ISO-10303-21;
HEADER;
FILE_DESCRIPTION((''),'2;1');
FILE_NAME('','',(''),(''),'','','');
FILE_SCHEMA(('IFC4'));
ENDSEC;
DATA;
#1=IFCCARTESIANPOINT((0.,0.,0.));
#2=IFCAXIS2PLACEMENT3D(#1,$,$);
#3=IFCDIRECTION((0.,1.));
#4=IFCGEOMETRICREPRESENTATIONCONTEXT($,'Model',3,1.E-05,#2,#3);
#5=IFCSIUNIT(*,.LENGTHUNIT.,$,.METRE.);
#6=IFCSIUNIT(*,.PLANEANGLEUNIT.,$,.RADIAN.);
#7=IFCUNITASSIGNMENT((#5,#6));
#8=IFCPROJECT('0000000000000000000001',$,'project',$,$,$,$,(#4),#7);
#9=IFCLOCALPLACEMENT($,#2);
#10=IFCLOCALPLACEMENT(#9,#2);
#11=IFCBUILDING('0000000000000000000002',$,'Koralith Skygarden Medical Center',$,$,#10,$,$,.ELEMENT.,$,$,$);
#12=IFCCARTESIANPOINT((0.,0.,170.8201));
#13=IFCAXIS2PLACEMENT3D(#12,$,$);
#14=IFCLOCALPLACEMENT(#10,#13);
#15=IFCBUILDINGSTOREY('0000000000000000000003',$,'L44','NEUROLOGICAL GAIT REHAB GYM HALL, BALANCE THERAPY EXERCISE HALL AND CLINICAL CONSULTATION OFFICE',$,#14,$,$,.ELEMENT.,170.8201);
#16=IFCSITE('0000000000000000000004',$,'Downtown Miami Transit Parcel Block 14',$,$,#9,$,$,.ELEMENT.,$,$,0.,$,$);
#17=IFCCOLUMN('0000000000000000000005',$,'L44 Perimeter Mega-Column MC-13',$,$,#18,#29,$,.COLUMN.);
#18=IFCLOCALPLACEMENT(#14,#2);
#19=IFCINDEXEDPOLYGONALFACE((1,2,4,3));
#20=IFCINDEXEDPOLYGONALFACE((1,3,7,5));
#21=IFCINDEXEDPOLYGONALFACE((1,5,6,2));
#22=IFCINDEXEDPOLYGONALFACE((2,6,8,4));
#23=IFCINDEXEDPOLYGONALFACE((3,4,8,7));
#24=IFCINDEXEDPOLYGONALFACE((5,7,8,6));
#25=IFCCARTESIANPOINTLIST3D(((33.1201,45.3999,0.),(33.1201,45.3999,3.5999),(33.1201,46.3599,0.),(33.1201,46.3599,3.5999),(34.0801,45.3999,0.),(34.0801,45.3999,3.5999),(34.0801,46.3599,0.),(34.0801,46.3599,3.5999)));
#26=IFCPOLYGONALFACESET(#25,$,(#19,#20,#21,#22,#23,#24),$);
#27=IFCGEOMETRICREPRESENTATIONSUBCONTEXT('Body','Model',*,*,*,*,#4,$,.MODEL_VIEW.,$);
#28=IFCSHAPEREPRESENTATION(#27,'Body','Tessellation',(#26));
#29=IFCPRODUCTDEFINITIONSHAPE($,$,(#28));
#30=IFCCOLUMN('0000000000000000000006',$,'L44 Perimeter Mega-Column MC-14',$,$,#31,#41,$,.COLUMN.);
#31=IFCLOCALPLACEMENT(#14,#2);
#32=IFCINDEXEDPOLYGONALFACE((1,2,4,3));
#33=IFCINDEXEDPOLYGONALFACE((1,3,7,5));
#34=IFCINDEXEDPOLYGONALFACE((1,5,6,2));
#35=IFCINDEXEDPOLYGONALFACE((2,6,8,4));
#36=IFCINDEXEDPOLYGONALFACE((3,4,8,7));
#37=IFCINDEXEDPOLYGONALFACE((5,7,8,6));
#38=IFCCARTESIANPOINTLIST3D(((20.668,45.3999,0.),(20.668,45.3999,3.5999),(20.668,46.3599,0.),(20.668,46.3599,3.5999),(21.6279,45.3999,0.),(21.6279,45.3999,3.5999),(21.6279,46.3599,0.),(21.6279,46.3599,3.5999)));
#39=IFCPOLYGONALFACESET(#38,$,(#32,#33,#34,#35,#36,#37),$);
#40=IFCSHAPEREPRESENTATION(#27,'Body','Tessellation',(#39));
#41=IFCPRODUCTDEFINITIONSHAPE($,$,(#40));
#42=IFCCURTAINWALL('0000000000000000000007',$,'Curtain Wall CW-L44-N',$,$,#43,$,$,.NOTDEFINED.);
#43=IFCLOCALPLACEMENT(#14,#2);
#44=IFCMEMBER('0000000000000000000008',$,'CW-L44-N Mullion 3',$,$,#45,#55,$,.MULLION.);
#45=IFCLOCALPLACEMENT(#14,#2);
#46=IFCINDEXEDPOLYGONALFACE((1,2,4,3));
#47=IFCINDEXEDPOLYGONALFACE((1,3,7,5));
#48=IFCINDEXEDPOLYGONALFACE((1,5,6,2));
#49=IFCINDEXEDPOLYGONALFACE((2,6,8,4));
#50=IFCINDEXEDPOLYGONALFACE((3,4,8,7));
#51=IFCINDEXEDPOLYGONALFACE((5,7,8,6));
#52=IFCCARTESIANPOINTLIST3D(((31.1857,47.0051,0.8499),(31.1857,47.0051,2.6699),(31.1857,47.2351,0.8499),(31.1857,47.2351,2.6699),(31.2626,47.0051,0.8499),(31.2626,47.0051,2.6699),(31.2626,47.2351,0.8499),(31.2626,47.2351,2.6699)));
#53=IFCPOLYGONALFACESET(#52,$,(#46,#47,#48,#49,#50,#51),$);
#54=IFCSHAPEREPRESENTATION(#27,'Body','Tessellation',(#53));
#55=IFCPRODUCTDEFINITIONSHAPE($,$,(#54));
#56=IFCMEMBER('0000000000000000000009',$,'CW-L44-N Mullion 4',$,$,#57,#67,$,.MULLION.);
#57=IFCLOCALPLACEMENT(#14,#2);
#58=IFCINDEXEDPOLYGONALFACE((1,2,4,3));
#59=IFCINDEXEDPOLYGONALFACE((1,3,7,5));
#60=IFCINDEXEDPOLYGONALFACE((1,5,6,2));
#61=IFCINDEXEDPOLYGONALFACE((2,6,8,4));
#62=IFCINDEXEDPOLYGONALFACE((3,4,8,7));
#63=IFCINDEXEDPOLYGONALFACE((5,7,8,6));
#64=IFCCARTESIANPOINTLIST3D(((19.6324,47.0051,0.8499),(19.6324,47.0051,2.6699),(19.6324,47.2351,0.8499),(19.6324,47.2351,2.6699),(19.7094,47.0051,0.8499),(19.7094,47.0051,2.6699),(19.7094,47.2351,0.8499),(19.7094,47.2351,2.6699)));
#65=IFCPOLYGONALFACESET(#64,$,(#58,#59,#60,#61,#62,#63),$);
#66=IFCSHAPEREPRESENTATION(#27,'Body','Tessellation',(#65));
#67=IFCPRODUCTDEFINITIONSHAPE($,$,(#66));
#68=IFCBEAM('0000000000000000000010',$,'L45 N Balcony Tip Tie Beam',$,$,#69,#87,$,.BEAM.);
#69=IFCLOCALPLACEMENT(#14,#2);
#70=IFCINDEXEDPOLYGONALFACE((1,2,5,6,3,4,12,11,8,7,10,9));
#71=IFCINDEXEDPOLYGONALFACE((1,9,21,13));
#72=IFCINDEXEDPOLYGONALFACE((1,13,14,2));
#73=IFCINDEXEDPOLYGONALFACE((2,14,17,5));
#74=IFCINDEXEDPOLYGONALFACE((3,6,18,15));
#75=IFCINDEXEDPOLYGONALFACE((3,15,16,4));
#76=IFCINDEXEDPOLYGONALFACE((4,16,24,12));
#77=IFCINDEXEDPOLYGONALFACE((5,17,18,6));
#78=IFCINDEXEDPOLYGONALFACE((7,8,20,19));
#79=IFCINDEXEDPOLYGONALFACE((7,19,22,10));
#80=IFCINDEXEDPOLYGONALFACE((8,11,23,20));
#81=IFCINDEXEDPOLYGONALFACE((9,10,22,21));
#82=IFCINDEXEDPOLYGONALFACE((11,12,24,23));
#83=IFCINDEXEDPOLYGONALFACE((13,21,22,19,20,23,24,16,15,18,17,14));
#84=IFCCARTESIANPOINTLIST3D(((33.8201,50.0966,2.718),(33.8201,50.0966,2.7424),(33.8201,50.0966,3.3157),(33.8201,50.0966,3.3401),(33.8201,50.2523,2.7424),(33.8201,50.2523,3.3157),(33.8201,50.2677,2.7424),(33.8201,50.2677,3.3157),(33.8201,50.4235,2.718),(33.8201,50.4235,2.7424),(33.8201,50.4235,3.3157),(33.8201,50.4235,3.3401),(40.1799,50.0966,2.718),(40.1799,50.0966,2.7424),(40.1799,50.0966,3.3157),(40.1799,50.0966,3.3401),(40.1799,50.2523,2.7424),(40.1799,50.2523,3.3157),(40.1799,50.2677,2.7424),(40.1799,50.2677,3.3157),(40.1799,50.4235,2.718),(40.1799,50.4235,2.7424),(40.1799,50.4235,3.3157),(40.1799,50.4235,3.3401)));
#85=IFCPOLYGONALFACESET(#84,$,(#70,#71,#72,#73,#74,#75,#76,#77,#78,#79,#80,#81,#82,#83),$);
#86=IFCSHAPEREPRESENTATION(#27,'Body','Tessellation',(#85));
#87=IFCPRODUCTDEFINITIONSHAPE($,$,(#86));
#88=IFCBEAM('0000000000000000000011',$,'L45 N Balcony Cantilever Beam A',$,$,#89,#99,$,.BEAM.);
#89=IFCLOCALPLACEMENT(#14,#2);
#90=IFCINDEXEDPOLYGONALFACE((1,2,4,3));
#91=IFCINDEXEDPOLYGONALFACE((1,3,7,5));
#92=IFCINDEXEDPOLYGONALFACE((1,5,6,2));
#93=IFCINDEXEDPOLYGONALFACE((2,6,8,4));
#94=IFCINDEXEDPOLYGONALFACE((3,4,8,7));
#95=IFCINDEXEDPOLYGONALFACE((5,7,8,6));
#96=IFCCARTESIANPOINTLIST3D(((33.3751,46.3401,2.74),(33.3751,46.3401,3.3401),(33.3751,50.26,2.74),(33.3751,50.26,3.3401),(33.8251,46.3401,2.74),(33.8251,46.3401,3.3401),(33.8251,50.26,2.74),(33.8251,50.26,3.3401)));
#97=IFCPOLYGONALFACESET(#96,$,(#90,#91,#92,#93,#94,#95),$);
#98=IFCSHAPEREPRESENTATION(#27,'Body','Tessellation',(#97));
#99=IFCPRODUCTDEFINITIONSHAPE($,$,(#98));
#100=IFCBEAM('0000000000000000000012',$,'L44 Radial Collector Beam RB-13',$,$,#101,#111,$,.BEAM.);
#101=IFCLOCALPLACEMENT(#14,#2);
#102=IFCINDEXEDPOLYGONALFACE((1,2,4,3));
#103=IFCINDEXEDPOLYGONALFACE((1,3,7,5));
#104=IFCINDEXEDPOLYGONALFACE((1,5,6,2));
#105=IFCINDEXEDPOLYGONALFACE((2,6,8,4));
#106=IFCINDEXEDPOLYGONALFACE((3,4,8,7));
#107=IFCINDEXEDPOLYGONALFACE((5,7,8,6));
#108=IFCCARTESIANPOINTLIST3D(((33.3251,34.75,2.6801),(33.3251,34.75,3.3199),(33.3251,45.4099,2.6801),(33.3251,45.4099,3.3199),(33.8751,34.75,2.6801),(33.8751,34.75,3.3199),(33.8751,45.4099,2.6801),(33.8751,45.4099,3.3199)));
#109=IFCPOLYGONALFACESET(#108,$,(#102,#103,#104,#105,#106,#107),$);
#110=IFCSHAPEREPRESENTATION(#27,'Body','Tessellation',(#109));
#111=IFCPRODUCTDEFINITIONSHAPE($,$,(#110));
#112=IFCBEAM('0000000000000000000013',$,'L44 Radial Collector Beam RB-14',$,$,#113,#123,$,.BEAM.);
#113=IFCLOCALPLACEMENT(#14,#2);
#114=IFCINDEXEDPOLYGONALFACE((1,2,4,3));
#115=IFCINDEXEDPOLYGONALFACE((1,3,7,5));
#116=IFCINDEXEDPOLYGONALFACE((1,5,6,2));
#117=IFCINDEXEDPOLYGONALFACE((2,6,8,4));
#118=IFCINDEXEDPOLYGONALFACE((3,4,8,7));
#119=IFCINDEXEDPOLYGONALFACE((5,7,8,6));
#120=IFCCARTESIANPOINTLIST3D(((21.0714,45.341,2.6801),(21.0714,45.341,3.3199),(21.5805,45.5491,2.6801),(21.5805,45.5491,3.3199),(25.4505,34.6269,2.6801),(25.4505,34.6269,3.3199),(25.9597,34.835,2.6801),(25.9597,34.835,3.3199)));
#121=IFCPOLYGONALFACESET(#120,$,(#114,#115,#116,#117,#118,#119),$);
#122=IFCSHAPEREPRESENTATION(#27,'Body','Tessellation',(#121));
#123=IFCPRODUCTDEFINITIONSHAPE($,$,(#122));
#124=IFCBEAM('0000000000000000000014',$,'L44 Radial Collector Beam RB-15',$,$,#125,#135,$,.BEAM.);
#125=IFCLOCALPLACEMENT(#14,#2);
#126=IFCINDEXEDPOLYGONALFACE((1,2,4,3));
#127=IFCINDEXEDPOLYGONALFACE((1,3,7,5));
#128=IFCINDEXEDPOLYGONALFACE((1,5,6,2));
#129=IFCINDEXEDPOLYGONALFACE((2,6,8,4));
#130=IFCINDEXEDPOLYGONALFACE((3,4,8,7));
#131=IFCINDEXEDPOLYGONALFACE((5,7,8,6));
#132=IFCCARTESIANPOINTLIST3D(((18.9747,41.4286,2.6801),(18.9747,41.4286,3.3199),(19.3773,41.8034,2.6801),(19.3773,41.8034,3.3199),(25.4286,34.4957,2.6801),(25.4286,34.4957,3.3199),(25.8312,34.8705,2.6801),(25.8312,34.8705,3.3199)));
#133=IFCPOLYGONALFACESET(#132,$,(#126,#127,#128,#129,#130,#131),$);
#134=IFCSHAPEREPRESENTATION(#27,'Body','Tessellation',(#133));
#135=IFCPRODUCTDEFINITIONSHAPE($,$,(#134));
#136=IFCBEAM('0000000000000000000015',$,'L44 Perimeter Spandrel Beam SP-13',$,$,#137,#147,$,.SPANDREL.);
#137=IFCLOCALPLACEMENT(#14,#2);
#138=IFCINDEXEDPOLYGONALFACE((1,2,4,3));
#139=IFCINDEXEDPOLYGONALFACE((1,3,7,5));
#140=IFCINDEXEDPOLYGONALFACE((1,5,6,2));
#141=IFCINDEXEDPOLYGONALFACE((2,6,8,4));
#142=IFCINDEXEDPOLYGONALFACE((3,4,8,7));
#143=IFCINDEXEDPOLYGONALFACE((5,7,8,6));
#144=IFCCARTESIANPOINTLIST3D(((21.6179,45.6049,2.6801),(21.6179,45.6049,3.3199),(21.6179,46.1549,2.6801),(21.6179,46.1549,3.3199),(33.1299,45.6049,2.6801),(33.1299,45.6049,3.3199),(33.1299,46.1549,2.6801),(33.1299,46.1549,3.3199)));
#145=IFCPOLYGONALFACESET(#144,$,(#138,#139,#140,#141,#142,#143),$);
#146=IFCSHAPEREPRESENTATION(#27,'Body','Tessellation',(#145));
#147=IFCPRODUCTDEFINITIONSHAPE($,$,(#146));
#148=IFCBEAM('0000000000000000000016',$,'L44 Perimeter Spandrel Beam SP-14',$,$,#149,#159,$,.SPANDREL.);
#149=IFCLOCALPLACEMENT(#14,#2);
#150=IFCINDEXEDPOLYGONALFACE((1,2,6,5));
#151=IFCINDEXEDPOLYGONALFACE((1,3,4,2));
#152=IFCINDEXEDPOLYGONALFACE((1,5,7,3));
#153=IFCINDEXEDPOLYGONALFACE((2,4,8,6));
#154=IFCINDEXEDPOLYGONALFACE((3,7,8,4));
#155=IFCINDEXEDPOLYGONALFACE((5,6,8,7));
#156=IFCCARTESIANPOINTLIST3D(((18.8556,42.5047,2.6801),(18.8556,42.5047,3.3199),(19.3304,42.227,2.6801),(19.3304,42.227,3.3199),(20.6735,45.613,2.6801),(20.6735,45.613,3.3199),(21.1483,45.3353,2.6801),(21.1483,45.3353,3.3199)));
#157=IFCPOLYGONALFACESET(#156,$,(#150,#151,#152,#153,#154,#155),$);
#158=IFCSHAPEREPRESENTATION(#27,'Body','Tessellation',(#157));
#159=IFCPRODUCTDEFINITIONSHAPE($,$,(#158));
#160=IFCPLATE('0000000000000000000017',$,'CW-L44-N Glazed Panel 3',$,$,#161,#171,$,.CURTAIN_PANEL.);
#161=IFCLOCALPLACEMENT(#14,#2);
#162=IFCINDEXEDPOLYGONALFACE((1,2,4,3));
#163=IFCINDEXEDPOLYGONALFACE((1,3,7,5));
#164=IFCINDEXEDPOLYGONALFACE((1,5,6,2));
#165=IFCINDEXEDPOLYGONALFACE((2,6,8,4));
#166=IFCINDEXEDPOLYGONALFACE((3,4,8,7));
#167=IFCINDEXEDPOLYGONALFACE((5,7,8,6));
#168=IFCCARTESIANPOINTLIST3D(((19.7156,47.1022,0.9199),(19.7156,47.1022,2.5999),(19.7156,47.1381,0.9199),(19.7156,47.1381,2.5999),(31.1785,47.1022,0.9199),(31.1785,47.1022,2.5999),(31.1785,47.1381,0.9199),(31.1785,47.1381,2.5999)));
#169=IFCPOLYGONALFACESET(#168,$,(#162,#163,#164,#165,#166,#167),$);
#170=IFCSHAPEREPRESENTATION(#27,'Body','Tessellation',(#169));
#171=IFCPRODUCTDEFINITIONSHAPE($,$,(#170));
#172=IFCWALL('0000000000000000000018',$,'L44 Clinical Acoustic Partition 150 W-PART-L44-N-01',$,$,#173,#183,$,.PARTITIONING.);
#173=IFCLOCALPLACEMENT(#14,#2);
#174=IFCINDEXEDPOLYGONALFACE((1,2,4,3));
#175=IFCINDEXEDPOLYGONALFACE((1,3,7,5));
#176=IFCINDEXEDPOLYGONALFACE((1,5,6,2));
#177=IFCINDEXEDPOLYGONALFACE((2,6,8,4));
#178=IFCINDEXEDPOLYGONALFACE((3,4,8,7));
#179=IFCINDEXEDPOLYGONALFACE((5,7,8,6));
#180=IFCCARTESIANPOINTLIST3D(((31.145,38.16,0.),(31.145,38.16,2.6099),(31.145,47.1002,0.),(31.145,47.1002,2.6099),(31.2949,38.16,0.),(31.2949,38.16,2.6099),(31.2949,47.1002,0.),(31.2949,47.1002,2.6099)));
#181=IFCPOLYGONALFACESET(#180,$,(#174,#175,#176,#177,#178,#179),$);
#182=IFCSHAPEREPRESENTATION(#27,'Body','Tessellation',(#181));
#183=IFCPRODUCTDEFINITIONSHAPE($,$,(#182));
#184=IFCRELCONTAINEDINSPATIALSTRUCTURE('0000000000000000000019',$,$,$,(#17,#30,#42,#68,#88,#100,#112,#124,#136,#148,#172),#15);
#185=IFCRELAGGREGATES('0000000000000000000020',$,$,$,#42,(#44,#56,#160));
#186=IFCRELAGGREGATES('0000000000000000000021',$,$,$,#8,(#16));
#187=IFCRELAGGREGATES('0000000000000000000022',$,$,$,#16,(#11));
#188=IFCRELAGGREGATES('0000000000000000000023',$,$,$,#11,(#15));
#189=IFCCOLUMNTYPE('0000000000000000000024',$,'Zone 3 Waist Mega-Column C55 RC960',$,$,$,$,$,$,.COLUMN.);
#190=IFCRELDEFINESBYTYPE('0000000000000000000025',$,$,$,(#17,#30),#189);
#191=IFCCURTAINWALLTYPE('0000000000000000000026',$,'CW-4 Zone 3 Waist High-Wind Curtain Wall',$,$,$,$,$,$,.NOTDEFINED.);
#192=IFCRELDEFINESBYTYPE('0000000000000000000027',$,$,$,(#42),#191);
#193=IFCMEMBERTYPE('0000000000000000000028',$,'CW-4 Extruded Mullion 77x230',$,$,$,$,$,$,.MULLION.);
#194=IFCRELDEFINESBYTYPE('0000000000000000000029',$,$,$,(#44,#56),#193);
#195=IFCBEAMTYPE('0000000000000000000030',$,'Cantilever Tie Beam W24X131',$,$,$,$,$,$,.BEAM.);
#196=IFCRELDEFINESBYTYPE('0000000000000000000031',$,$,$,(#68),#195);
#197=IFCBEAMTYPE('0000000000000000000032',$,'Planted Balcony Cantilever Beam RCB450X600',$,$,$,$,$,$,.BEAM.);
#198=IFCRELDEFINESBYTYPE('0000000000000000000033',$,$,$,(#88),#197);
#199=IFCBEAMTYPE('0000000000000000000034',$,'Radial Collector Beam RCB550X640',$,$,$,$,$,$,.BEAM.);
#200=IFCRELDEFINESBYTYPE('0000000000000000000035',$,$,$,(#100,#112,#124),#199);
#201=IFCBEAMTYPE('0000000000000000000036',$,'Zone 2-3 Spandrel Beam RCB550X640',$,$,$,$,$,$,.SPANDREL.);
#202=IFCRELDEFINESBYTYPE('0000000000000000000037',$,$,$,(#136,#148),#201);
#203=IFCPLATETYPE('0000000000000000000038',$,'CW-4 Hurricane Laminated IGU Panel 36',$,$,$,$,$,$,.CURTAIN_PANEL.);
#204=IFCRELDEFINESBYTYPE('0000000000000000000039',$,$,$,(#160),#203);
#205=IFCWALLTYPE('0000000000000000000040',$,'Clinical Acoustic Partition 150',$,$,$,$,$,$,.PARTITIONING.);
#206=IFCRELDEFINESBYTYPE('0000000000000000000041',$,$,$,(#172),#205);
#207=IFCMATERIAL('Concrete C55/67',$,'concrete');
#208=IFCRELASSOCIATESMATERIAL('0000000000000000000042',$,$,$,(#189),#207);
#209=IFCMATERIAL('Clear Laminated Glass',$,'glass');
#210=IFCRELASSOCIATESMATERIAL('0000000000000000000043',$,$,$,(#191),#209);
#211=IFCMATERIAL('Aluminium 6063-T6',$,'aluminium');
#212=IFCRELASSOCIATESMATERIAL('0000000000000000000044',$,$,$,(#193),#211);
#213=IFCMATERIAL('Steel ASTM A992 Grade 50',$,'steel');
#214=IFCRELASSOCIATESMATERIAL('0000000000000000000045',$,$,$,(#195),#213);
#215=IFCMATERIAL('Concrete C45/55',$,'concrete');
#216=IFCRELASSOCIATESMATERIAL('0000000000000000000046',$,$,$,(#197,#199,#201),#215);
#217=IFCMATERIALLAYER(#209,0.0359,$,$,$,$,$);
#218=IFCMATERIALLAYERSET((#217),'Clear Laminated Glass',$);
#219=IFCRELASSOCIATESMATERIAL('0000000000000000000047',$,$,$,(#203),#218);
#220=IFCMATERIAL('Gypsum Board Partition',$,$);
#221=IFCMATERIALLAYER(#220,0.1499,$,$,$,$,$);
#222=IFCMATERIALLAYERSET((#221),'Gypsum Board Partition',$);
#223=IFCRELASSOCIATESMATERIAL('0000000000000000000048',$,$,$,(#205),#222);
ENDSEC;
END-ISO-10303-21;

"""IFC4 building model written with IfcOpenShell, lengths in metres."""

from ifc_helpers import new_model, si_unit, direction, frame, frame_2d, origin, origin_2d, place, context, subcontext, project, spatial, rectangle, i_section, extrude, material, layer, layer_set, material_profile, profile_set, type_object, element, aggregate, save


model = new_model("IFC4")

# Units and contexts
model_context = context("Model", 3, precision=1e-05, world=origin(), true_north=direction((0.0, 1.0)))
body_context = subcontext(model_context, "Body", "Model", "MODEL_VIEW")
ifc_project = project(units=[si_unit("LENGTHUNIT", "METRE"), si_unit("PLANEANGLEUNIT", "RADIAN")], contexts=[model_context])

# Site, building, storey
site_placement = place(None, origin())
site = spatial("IfcSite", under=ifc_project, at=site_placement, Name="Downtown Miami Transit Parcel Block 14", CompositionType="ELEMENT", RefElevation=0.0)
building_placement = place(site_placement, origin())
building = spatial("IfcBuilding", under=site, at=building_placement, Name="Koralith Skygarden Medical Center", CompositionType="ELEMENT")
storey_placement = place(building_placement, frame((0.0, 0.0, 170.8201)))
storey = spatial("IfcBuildingStorey", under=building, at=storey_placement, Name="L44", Description="NEUROLOGICAL GAIT REHAB GYM HALL, BALANCE THERAPY EXERCISE HALL AND CLINICAL CONSULTATION OFFICE", CompositionType="ELEMENT", Elevation=170.8201)

# Columns
ifc_material_1 = material(Name="Concrete C55/67", Category="concrete")
ifc_material_profile_1 = material_profile(ifc_material_1, rectangle(XDim=0.96, YDim=0.96, at=origin_2d()), Name="RC960X960")
ifc_profile_set_1 = profile_set([ifc_material_profile_1], Name="Concrete C55/67")
column_type = type_object("IfcColumnType", Name="Zone 3 Waist Mega-Column C55 RC960", PredefinedType="COLUMN", material=ifc_profile_set_1)
for number, where, z_axis, x_axis, name in (
    (1, (33.6001, 45.8799, 0.0), (0.0, 0.0, 1.0), (1.0, 0.0, 0.0), "L44 Perimeter Mega-Column MC-13"),
    (2, (21.1479, 45.8799, 0.0), (0.0, 0.0, 1.0), (1.0, 0.0, 0.0), "L44 Perimeter Mega-Column MC-14"),
):
    element("IfcColumn", number, at=place(storey_placement, frame(where, z_axis=z_axis, x_axis=x_axis)), inside=storey, type_object=column_type, Name=name, PredefinedType="COLUMN", context=body_context, shape_type="SweptSolid", body=[
        extrude(rectangle(XDim=0.96, YDim=0.96, at=origin_2d()), origin(), (0.0, 0.0, 1.0), 3.5999),
    ])

# Curtain wall, members
ifc_material_2 = material(Name="Clear Laminated Glass", Category="glass")
curtain_wall_type = type_object("IfcCurtainWallType", Name="CW-4 Zone 3 Waist High-Wind Curtain Wall", PredefinedType="NOTDEFINED", material=ifc_material_2)
curtain_wall_placement = place(storey_placement, origin())
curtain_wall = element("IfcCurtainWall", 3, at=curtain_wall_placement, inside=storey, type_object=curtain_wall_type, Name="Curtain Wall CW-L44-N", PredefinedType="NOTDEFINED")
ifc_material_3 = material(Name="Aluminium 6063-T6", Category="aluminium")
ifc_material_profile_2 = material_profile(ifc_material_3, rectangle(XDim=0.0769, YDim=0.23, at=origin_2d()), Name="MUL77X230")
ifc_profile_set_2 = profile_set([ifc_material_profile_2], Name="Aluminium 6063-T6")
member_type = type_object("IfcMemberType", Name="CW-4 Extruded Mullion 77x230", PredefinedType="MULLION", material=ifc_profile_set_2)
member_1_placement = place(storey_placement, frame((31.2241, 47.1201, 0.8499), z_axis=(0.0, 0.0, 1.0), x_axis=(1.0, 0.0, 0.0)))
member_1 = element("IfcMember", 4, at=member_1_placement, type_object=member_type, Name="CW-L44-N Mullion 3", PredefinedType="MULLION", context=body_context, shape_type="SweptSolid", body=[
    extrude(rectangle(XDim=0.0769, YDim=0.23, at=origin_2d()), origin(), (0.0, 0.0, 1.0), 1.8201),
])
member_2_placement = place(storey_placement, frame((19.6709, 47.1201, 0.8499), z_axis=(0.0, 0.0, 1.0), x_axis=(1.0, 0.0, 0.0)))
member_2 = element("IfcMember", 5, at=member_2_placement, type_object=member_type, Name="CW-L44-N Mullion 4", PredefinedType="MULLION", context=body_context, shape_type="SweptSolid", body=[
    extrude(rectangle(XDim=0.0769, YDim=0.23, at=origin_2d()), origin(), (0.0, 0.0, 1.0), 1.8201),
])

# Beams
ifc_material_4 = material(Name="Steel ASTM A992 Grade 50", Category="steel")
ifc_material_profile_3 = material_profile(ifc_material_4, i_section(OverallWidth=0.3269, OverallDepth=0.6221, WebThickness=0.0154, FlangeThickness=0.0244, at=origin_2d()), Name="W24X131")
ifc_profile_set_3 = profile_set([ifc_material_profile_3], Name="Steel ASTM A992 Grade 50")
beam_type_1 = type_object("IfcBeamType", Name="Cantilever Tie Beam W24X131", PredefinedType="BEAM", material=ifc_profile_set_3)
beam_1_placement = place(storey_placement, frame((33.8201, 50.26, 3.0291), z_axis=(1.0, 0.0, 0.0), x_axis=(0.0, 1.0, 0.0)))
element("IfcBeam", 6, at=beam_1_placement, inside=storey, type_object=beam_type_1, Name="L45 N Balcony Tip Tie Beam", PredefinedType="BEAM", context=body_context, shape_type="SweptSolid", body=[
    extrude(i_section(OverallWidth=0.3269, OverallDepth=0.6221, WebThickness=0.0154, FlangeThickness=0.0244, at=origin_2d()), origin(), (0.0, 0.0, 1.0), 6.3599),
])
ifc_material_5 = material(Name="Concrete C45/55", Category="concrete")
ifc_material_profile_4 = material_profile(ifc_material_5, rectangle(XDim=0.45, YDim=0.6001, at=origin_2d()), Name="RCB450X600")
ifc_profile_set_4 = profile_set([ifc_material_profile_4], Name="Concrete C45/55")
beam_type_2 = type_object("IfcBeamType", Name="Planted Balcony Cantilever Beam RCB450X600", PredefinedType="BEAM", material=ifc_profile_set_4)
beam_2_placement = place(storey_placement, frame((33.6001, 46.3401, 3.04), z_axis=(0.0, 1.0, 0.0), x_axis=(-1.0, 0.0, 0.0)))
element("IfcBeam", 7, at=beam_2_placement, inside=storey, type_object=beam_type_2, Name="L45 N Balcony Cantilever Beam A", PredefinedType="BEAM", context=body_context, shape_type="SweptSolid", body=[
    extrude(rectangle(XDim=0.45, YDim=0.6001, at=origin_2d()), origin(), (0.0, 0.0, 1.0), 3.9199),
])
ifc_material_profile_5 = material_profile(ifc_material_5, rectangle(XDim=0.55, YDim=0.6399, at=origin_2d()), Name="RCB550X640")
ifc_profile_set_5 = profile_set([ifc_material_profile_5], Name="Concrete C45/55")
beam_type_3 = type_object("IfcBeamType", Name="Radial Collector Beam RCB550X640", PredefinedType="BEAM", material=ifc_profile_set_5)
beam_3_placement = place(storey_placement, frame((33.6001, 34.75, 3.0), z_axis=(0.0, 1.0, 0.0), x_axis=(-1.0, 0.0, 0.0)))
element("IfcBeam", 8, at=beam_3_placement, inside=storey, type_object=beam_type_3, Name="L44 Radial Collector Beam RB-13", PredefinedType="BEAM", context=body_context, shape_type="SweptSolid", body=[
    extrude(rectangle(XDim=0.55, YDim=0.6399, at=origin_2d()), origin(), (0.0, 0.0, 1.0), 10.6599),
])
beam_4_placement = place(storey_placement, frame((25.7051, 34.731, 3.0), z_axis=(-0.378345, 0.925665, 0.0), x_axis=(-0.925665, -0.378345, 0.0)))
element("IfcBeam", 9, at=beam_4_placement, inside=storey, type_object=beam_type_3, Name="L44 Radial Collector Beam RB-14", PredefinedType="BEAM", context=body_context, shape_type="SweptSolid", body=[
    extrude(rectangle(XDim=0.55, YDim=0.6399, at=origin_2d()), origin(), (0.0, 0.0, 1.0), 11.5745),
])
beam_5_placement = place(storey_placement, frame((25.6299, 34.6831, 3.0), z_axis=(-0.681369, 0.73194, 0.0), x_axis=(-0.73194, -0.681369, 0.0)))
element("IfcBeam", 10, at=beam_5_placement, inside=storey, type_object=beam_type_3, Name="L44 Radial Collector Beam RB-15", PredefinedType="BEAM", context=body_context, shape_type="SweptSolid", body=[
    extrude(rectangle(XDim=0.55, YDim=0.6399, at=origin_2d()), origin(), (0.0, 0.0, 1.0), 9.4719),
])
ifc_material_profile_6 = material_profile(ifc_material_5, rectangle(XDim=0.55, YDim=0.6399, at=origin_2d()), Name="RCB550X640")
ifc_profile_set_6 = profile_set([ifc_material_profile_6], Name="Concrete C45/55")
beam_type_4 = type_object("IfcBeamType", Name="Zone 2-3 Spandrel Beam RCB550X640", PredefinedType="SPANDREL", material=ifc_profile_set_6)
beam_6_placement = place(storey_placement, frame((33.1299, 45.8799, 3.0), z_axis=(-1.0, 0.0, 0.0), x_axis=(0.0, -1.0, 0.0)))
element("IfcBeam", 11, at=beam_6_placement, inside=storey, type_object=beam_type_4, Name="L44 Perimeter Spandrel Beam SP-13", PredefinedType="SPANDREL", context=body_context, shape_type="SweptSolid", body=[
    extrude(rectangle(XDim=0.55, YDim=0.6399, at=origin_2d()), origin(), (0.0, 0.0, 1.0), 11.512),
])
beam_7_placement = place(storey_placement, frame((20.9109, 45.4741, 3.0), z_axis=(-0.504861, -0.8632, 0.0), x_axis=(0.8632, -0.504861, 0.0)))
element("IfcBeam", 12, at=beam_7_placement, inside=storey, type_object=beam_type_4, Name="L44 Perimeter Spandrel Beam SP-14", PredefinedType="SPANDREL", context=body_context, shape_type="SweptSolid", body=[
    extrude(rectangle(XDim=0.55, YDim=0.6399, at=origin_2d()), origin(), (0.0, 0.0, 1.0), 3.6008),
])

# Plate
ifc_layer_1 = layer(ifc_material_2, 0.0359)
ifc_layer_set_1 = layer_set([ifc_layer_1], Name="Clear Laminated Glass")
plate_type = type_object("IfcPlateType", Name="CW-4 Hurricane Laminated IGU Panel 36", PredefinedType="CURTAIN_PANEL", material=ifc_layer_set_1)
plate_placement = place(storey_placement, frame((25.447, 47.1201, 0.9199), z_axis=(0.0, 0.0, 1.0), x_axis=(-1.0, 0.0, 0.0)))
plate = element("IfcPlate", 13, at=plate_placement, type_object=plate_type, Name="CW-L44-N Glazed Panel 3", PredefinedType="CURTAIN_PANEL", context=body_context, shape_type="SweptSolid", body=[
    extrude(rectangle(XDim=11.4629, YDim=0.0359, at=origin_2d()), origin(), (0.0, 0.0, 1.0), 1.6799),
])
aggregate(curtain_wall, [member_1, member_2, plate])

# Wall
ifc_material_6 = material(Name="Gypsum Board Partition")
ifc_layer_2 = layer(ifc_material_6, 0.1499)
ifc_layer_set_2 = layer_set([ifc_layer_2], Name="Gypsum Board Partition")
wall_type_1 = type_object("IfcWallType", Name="Clinical Acoustic Partition 150", PredefinedType="PARTITIONING", material=ifc_layer_set_2)
wall_1_placement = place(storey_placement, frame((31.22, 38.1599, 0.0), z_axis=(0.0, 0.0, 1.0), x_axis=(0.0, 1.0, 0.0)))
element("IfcWall", 14, at=wall_1_placement, inside=storey, type_object=wall_type_1, Name="L44 Clinical Acoustic Partition 150 W-PART-L44-N-01", PredefinedType="PARTITIONING", context=body_context, shape_type="SweptSolid", body=[
    extrude(rectangle(XDim=8.9402, YDim=0.1499, at=frame_2d((4.4702, 0.0))), origin(), (0.0, 0.0, 1.0), 2.6099),
])

save(model, "model.ifc")
